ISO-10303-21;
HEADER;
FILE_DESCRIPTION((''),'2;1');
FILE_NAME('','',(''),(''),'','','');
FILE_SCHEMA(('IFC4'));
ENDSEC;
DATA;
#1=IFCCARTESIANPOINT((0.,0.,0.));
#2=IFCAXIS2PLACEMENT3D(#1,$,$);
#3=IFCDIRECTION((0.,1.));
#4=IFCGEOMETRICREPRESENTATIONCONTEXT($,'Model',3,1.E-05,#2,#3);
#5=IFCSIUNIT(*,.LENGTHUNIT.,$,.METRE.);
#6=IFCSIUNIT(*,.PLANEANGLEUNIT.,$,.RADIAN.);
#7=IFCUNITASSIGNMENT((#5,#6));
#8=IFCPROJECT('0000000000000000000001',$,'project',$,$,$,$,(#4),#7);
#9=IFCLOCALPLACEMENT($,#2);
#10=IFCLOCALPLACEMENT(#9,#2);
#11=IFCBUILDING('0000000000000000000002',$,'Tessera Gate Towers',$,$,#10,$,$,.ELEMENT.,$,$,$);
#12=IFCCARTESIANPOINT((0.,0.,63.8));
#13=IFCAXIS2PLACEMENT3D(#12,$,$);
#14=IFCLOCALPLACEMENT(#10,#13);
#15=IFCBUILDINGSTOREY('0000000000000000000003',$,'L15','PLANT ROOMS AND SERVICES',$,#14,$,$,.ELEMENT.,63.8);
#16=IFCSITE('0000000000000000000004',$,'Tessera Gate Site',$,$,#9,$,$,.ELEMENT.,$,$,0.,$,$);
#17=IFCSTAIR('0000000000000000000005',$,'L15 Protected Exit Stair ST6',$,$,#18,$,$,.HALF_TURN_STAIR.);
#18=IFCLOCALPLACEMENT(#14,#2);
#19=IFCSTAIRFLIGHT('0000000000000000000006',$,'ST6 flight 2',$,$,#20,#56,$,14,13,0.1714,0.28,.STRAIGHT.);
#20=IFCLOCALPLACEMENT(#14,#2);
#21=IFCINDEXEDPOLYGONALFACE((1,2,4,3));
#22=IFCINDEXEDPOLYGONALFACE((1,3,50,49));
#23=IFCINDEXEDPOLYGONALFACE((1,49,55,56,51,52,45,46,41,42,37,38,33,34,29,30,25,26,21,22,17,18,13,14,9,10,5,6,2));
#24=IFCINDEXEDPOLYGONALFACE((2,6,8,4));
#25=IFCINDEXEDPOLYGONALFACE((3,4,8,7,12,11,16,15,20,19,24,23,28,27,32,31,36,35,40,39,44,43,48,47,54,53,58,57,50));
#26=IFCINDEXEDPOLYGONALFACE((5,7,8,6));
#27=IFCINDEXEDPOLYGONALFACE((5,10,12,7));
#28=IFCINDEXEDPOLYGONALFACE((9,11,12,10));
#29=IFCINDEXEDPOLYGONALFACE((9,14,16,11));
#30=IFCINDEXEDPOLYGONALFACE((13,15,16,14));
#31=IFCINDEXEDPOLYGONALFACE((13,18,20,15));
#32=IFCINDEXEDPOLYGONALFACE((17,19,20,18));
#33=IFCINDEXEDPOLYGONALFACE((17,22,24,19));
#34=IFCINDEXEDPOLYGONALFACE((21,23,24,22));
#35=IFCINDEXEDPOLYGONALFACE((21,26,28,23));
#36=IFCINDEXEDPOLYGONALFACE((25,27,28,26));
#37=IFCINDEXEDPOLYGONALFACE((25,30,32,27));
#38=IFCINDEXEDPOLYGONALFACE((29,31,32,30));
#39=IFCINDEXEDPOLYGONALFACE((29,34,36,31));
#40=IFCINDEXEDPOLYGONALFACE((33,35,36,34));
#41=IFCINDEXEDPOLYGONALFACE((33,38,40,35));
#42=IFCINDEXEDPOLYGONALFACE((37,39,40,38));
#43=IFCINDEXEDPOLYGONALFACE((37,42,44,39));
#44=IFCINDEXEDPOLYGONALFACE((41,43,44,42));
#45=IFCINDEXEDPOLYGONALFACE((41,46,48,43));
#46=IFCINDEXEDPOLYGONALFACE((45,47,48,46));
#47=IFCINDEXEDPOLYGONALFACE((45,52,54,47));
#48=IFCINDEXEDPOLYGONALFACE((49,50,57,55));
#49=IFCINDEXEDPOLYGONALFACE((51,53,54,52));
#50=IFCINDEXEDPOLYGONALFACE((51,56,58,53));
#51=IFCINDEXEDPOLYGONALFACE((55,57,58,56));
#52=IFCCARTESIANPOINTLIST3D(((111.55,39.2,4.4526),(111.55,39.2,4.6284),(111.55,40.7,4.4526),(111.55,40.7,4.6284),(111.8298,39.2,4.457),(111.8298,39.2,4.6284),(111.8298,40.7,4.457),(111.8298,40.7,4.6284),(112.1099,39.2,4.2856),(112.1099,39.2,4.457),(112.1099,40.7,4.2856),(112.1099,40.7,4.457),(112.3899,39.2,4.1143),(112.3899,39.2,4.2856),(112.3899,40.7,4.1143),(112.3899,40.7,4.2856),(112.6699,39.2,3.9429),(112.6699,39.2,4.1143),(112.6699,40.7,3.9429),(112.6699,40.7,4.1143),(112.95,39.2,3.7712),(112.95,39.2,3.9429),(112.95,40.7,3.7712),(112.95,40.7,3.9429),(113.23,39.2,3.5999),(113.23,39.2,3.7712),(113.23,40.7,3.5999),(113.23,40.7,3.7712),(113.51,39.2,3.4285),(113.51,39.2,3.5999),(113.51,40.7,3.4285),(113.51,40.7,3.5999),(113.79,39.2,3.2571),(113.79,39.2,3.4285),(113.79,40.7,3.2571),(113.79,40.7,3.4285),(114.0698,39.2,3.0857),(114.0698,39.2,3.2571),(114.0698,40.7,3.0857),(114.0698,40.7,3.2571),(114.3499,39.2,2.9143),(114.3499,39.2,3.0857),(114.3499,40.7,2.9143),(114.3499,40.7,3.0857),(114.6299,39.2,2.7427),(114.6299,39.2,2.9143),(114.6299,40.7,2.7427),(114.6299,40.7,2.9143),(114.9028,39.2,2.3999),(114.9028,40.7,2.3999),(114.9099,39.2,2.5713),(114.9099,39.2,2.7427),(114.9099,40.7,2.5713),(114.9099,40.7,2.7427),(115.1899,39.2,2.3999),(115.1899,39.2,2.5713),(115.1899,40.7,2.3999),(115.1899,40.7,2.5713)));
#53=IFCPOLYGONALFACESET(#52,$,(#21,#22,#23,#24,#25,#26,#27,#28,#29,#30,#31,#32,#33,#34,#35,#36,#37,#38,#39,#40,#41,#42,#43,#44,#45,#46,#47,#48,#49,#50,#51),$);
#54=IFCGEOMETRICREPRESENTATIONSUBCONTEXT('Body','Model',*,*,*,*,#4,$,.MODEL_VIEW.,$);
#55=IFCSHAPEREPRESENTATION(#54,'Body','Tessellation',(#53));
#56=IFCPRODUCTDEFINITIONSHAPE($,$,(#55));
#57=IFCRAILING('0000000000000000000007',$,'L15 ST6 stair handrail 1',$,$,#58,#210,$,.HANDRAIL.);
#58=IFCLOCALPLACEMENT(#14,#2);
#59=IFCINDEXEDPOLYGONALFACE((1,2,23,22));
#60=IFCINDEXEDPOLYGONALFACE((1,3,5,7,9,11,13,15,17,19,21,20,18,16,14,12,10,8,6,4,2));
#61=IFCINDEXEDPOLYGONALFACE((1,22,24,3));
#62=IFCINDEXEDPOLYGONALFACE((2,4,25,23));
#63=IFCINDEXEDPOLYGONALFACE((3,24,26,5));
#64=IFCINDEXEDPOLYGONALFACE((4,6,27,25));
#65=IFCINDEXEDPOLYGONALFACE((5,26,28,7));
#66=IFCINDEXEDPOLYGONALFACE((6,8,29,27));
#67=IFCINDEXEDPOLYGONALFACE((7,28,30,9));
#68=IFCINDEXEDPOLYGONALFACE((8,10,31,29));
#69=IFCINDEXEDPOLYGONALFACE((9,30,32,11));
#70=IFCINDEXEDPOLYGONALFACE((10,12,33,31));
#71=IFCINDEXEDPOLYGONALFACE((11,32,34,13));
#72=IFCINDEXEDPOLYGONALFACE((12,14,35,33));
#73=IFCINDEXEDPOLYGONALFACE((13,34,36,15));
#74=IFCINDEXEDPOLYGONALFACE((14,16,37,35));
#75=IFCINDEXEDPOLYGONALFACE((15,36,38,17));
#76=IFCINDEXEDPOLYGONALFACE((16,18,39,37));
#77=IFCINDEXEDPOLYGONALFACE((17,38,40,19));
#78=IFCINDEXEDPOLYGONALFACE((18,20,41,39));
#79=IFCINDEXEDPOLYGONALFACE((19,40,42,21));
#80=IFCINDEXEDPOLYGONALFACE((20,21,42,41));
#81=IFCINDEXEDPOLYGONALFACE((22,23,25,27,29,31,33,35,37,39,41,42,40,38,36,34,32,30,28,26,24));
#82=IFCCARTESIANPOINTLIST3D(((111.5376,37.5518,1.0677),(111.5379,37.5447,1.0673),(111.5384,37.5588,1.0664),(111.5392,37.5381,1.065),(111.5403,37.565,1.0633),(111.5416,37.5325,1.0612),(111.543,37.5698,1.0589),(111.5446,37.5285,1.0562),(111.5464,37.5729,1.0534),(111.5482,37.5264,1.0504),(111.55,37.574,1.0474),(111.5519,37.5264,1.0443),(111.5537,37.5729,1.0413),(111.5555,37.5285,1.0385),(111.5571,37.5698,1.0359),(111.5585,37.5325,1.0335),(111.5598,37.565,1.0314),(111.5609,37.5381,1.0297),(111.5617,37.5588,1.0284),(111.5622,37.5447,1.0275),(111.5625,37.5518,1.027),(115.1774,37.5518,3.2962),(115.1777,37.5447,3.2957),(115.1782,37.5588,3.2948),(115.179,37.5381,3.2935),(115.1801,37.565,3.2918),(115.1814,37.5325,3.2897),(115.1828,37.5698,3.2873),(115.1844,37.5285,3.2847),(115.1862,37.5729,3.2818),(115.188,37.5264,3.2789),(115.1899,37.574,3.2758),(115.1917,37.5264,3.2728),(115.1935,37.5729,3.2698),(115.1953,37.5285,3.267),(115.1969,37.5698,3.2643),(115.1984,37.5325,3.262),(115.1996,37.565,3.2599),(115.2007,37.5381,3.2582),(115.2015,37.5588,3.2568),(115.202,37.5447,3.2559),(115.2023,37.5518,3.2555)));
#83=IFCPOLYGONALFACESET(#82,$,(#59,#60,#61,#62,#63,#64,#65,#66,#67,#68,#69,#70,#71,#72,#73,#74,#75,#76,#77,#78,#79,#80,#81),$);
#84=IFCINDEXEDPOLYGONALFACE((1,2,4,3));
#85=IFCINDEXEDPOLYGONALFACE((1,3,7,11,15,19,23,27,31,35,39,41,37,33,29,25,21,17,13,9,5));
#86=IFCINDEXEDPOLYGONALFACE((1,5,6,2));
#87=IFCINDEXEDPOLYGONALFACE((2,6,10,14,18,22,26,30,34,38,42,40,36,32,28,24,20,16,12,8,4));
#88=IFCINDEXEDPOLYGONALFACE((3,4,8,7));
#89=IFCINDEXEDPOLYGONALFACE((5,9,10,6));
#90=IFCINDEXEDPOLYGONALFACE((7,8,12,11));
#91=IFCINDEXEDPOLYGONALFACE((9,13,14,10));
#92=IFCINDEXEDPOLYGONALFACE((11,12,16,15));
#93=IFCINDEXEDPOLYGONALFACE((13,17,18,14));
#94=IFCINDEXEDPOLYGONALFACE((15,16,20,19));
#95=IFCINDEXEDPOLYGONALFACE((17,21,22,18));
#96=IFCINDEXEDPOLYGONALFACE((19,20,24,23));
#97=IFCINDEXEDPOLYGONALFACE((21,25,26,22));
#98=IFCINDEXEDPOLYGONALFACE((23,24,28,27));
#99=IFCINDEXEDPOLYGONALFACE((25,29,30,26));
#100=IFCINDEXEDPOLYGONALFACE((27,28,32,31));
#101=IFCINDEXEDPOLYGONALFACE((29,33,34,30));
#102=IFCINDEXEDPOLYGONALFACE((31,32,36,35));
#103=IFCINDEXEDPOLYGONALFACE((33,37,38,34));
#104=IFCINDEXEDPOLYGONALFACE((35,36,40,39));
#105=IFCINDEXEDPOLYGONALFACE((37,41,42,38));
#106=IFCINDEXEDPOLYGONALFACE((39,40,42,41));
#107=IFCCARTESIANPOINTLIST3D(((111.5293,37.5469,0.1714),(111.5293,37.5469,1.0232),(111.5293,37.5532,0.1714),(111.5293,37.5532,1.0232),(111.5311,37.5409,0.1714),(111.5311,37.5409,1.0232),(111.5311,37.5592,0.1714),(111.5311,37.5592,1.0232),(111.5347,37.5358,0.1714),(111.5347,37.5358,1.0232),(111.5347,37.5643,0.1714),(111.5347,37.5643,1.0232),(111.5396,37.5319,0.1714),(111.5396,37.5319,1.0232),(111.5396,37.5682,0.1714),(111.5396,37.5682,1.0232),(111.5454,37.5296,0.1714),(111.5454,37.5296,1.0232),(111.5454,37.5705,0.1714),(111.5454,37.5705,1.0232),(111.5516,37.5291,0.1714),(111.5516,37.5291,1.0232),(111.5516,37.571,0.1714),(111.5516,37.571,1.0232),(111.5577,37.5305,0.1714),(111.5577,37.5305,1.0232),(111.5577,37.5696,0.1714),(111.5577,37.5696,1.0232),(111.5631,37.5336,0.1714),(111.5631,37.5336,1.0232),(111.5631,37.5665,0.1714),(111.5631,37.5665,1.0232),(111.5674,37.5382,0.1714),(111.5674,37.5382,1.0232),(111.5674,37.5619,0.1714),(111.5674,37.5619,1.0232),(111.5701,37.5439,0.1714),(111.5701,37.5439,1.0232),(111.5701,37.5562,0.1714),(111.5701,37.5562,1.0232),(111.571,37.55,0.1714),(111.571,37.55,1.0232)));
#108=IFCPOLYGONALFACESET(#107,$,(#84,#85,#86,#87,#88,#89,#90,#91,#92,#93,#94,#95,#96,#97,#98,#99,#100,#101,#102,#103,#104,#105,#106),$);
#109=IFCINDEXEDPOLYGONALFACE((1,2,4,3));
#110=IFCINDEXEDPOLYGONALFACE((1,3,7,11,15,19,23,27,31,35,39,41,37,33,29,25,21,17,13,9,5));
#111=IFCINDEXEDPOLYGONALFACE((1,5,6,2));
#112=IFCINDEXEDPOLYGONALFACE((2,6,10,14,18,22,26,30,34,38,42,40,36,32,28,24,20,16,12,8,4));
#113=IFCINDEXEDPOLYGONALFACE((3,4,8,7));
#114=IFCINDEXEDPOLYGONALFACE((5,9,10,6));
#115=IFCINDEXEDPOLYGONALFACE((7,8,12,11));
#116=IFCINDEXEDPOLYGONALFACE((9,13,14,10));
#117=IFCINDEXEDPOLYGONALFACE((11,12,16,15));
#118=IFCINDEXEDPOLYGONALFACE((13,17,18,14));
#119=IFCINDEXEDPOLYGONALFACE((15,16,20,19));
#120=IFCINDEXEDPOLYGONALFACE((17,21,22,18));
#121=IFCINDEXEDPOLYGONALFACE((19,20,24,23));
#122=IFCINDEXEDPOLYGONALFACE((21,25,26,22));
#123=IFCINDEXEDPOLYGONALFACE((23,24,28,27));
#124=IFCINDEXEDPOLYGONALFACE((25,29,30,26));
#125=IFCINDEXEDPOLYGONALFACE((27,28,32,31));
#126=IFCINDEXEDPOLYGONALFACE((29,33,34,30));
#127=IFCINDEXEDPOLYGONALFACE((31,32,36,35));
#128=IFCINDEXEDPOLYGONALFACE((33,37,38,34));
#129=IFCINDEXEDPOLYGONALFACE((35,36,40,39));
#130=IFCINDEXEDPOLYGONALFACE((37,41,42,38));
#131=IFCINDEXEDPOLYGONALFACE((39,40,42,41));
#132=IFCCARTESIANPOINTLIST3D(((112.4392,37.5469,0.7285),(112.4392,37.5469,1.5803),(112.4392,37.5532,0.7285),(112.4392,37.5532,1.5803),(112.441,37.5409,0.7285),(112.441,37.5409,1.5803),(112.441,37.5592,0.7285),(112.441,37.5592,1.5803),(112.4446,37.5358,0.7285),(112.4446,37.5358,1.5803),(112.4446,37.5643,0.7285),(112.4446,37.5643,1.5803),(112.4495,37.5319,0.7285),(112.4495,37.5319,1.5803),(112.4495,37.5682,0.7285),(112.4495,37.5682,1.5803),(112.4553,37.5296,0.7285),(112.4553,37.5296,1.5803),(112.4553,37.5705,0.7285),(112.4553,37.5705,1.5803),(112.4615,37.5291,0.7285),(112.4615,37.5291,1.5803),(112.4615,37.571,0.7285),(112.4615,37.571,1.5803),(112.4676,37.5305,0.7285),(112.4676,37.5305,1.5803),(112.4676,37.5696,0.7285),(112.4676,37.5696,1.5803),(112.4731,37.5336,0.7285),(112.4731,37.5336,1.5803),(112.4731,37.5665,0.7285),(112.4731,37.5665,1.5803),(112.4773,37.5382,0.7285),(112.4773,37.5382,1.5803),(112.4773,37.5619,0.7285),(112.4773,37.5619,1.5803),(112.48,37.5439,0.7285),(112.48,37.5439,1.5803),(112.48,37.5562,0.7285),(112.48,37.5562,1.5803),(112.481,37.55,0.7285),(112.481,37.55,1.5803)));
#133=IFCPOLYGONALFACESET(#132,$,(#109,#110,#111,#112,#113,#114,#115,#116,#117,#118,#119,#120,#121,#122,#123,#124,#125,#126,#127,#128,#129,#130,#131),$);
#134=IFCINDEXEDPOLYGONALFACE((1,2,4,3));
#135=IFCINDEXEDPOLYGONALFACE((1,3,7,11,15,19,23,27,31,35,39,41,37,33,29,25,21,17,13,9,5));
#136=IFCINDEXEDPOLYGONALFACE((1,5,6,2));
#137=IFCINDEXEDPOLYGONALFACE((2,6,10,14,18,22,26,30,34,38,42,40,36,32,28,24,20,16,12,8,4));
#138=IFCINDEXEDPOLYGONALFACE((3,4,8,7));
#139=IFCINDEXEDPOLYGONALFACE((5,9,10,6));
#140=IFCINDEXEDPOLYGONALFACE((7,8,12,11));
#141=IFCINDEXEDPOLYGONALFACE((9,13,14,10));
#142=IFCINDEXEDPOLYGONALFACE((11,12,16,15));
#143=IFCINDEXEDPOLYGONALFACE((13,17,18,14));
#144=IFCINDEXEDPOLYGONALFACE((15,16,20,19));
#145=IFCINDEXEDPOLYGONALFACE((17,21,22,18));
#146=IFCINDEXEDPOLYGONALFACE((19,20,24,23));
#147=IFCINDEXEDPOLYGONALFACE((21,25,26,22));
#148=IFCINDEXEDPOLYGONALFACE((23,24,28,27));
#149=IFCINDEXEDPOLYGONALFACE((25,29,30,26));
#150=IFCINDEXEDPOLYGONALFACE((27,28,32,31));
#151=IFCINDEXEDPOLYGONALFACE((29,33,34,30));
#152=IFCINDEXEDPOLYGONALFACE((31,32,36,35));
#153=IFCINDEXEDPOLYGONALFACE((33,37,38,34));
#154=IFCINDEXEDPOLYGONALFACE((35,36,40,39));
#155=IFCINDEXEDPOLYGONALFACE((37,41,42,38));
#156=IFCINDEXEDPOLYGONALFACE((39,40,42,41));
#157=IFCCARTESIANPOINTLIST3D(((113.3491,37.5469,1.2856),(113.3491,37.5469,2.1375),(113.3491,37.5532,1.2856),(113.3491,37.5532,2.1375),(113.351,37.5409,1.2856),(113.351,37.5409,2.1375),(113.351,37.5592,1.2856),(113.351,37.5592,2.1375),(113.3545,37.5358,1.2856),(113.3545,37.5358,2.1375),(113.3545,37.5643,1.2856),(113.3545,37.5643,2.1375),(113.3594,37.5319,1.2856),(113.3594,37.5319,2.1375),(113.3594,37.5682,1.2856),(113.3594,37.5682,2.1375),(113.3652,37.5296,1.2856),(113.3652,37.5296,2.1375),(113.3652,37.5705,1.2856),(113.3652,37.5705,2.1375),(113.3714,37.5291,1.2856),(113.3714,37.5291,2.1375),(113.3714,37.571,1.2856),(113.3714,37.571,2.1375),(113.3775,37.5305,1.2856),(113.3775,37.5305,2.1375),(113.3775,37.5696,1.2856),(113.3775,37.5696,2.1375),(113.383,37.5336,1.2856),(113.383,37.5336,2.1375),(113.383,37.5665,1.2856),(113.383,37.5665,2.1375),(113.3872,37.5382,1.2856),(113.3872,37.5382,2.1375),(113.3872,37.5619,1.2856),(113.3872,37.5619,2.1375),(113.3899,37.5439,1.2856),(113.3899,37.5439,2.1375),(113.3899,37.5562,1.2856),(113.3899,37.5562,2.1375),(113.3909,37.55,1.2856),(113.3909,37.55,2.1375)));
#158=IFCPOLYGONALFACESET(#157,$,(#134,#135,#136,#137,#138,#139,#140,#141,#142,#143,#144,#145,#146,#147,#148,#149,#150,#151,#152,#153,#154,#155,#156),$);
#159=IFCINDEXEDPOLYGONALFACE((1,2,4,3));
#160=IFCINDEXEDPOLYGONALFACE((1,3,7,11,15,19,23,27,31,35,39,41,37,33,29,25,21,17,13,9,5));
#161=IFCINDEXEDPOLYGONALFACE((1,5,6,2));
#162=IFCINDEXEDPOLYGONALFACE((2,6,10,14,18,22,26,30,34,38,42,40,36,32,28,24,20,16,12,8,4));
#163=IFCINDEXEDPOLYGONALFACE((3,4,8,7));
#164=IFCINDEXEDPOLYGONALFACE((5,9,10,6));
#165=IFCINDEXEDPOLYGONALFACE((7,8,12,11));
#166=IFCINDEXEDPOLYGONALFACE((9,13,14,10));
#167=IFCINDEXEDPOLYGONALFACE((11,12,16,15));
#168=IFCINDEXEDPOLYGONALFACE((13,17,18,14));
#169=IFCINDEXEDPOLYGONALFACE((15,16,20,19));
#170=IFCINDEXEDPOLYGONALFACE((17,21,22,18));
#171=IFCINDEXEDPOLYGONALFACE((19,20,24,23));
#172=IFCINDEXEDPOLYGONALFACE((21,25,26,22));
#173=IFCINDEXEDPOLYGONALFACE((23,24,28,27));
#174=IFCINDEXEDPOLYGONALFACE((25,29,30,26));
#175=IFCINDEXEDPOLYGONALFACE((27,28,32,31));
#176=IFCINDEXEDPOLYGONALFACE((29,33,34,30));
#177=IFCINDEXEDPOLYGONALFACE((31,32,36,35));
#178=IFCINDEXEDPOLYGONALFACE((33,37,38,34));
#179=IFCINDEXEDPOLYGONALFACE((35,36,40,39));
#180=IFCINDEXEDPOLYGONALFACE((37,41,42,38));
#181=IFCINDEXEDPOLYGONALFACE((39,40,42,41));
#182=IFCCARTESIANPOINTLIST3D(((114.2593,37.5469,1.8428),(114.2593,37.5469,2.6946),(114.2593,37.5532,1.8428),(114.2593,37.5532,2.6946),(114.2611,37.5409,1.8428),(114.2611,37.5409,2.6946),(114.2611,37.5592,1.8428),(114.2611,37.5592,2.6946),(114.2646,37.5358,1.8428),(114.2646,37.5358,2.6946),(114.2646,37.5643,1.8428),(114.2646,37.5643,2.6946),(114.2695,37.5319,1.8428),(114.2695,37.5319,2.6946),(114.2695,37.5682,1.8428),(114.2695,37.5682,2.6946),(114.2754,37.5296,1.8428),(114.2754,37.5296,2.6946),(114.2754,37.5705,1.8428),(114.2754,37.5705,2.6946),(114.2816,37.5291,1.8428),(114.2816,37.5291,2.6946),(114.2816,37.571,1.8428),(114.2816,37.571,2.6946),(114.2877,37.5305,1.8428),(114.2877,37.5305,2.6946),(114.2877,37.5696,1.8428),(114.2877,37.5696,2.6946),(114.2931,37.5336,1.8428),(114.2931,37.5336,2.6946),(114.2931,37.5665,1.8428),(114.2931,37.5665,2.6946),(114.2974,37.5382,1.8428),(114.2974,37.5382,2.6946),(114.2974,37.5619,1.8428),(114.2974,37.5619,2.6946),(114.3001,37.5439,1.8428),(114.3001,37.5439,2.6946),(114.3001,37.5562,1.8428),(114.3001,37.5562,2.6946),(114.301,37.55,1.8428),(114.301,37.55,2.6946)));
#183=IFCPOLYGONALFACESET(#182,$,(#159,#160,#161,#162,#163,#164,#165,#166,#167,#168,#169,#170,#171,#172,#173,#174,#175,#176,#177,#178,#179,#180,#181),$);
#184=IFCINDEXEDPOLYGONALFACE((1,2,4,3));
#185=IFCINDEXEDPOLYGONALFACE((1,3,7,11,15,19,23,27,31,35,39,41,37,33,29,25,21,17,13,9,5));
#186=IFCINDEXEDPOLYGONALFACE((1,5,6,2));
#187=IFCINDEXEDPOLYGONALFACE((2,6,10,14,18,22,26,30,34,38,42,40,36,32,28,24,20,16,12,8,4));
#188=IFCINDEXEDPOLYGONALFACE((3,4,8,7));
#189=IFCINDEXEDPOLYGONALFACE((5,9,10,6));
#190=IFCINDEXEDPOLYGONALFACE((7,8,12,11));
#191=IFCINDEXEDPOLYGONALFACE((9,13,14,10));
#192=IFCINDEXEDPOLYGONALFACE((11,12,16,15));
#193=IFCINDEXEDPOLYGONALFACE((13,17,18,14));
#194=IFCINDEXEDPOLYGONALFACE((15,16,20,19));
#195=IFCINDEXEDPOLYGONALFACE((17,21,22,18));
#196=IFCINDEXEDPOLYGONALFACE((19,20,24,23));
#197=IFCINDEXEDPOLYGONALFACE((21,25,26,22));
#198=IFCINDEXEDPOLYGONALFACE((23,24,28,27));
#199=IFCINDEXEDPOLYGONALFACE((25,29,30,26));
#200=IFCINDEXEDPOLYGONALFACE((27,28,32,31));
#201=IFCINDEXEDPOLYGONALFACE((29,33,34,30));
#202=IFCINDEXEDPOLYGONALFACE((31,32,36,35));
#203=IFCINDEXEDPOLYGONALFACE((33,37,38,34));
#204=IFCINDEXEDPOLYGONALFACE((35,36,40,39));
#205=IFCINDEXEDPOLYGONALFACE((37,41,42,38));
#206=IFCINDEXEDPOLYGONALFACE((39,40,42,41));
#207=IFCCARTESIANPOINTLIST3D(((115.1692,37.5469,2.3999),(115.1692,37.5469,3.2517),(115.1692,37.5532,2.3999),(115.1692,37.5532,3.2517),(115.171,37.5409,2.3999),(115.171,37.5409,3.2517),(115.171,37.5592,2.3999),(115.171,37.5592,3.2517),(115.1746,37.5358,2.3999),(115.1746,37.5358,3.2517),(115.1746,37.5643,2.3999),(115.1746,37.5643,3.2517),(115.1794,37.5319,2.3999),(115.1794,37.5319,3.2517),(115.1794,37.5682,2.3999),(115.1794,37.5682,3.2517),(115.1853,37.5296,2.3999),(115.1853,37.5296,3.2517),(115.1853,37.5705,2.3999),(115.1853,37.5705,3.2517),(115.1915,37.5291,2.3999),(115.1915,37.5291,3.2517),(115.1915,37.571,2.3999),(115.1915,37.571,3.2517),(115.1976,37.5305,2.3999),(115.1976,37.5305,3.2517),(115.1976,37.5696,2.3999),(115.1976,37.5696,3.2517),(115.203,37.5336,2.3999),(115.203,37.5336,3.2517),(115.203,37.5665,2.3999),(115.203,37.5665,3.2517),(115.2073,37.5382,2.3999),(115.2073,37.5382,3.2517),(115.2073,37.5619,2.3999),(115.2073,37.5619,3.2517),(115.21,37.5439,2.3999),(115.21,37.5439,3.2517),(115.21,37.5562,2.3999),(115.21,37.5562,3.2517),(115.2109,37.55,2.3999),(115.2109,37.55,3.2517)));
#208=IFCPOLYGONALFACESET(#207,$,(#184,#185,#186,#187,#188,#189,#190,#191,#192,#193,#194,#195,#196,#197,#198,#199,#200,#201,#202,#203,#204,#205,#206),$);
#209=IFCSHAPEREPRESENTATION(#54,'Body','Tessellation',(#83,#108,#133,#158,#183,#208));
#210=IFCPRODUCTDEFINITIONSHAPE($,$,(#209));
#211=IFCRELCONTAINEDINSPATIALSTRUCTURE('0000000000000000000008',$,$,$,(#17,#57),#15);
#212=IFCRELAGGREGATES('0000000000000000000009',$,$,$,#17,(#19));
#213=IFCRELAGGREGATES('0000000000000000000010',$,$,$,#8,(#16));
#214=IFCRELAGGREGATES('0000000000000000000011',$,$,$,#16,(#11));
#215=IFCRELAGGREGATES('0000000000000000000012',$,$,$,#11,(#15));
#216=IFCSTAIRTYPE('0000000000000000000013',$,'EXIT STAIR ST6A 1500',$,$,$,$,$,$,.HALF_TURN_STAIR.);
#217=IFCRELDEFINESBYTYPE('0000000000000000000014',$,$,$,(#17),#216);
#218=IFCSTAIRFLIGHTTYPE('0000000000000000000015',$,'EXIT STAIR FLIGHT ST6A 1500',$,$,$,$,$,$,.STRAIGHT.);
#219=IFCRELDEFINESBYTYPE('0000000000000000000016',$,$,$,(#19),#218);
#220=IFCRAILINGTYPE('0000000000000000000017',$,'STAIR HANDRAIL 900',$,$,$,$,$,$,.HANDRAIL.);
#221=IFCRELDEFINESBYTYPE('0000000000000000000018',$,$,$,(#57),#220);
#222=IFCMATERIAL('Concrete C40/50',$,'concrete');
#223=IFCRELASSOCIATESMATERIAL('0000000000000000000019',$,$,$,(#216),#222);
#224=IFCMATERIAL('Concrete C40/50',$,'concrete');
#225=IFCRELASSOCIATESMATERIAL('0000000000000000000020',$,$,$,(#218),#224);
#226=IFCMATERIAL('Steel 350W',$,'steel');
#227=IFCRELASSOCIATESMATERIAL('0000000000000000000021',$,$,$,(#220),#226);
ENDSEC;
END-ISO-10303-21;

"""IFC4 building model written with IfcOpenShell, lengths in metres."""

from ifc_helpers import new_model, si_unit, direction, frame, origin, origin_2d, place, context, subcontext, project, spatial, polyline, circle, outline, extrude, material, type_object, element, aggregate, save


model = new_model("IFC4")

# Units and contexts
model_context = context("Model", 3, precision=1e-05, world=origin(), true_north=direction((0.0, 1.0)))
body_context = subcontext(model_context, "Body", "Model", "MODEL_VIEW")
ifc_project = project(units=[si_unit("LENGTHUNIT", "METRE"), si_unit("PLANEANGLEUNIT", "RADIAN")], contexts=[model_context])

# Site, building, storey
site_placement = place(None, origin())
site = spatial("IfcSite", under=ifc_project, at=site_placement, Name="Tessera Gate Site", CompositionType="ELEMENT", RefElevation=0.0)
building_placement = place(site_placement, origin())
building = spatial("IfcBuilding", under=site, at=building_placement, Name="Tessera Gate Towers", CompositionType="ELEMENT")
storey_placement = place(building_placement, frame((0.0, 0.0, 63.8)))
storey = spatial("IfcBuildingStorey", under=building, at=storey_placement, Name="L15", Description="PLANT ROOMS AND SERVICES", CompositionType="ELEMENT", Elevation=63.8)

# Stair, stair flight
ifc_material_1 = material(Name="Concrete C40/50", Category="concrete")
stair_type = type_object("IfcStairType", Name="EXIT STAIR ST6A 1500", PredefinedType="HALF_TURN_STAIR", material=ifc_material_1)
stair_placement = place(storey_placement, origin())
stair = element("IfcStair", 1, at=stair_placement, inside=storey, type_object=stair_type, Name="L15 Protected Exit Stair ST6", PredefinedType="HALF_TURN_STAIR")
ifc_material_2 = material(Name="Concrete C40/50", Category="concrete")
stair_flight_type = type_object("IfcStairFlightType", Name="EXIT STAIR FLIGHT ST6A 1500", PredefinedType="STRAIGHT", material=ifc_material_2)
stair_flight_1_placement = place(storey_placement, frame((115.1899, 39.95, 2.3999), z_axis=(0.0, 0.0, 1.0), x_axis=(-1.0, 0.0, 0.0)))
stair_flight_1 = element("IfcStairFlight", 2, at=stair_flight_1_placement, type_object=stair_flight_type, Name="ST6 flight 2", NumberOfRisers=14, NumberOfTreads=13, PredefinedType="STRAIGHT", RiserHeight=0.1714, TreadLength=0.28, context=body_context, shape_type="SweptSolid", body=[
    extrude(outline(polyline([(0.0, 0.0), (0.0, 0.1714), (0.28, 0.1714), (0.28, 0.3428), (0.5601, 0.3428), (0.5601, 0.5144), (0.8401, 0.5144), (0.8401, 0.6858), (1.1201, 0.6858), (1.1201, 0.8572), (1.3999, 0.8572), (1.3999, 1.0286), (1.6799, 1.0286), (1.6799, 1.2), (1.96, 1.2), (1.96, 1.3713), (2.24, 1.3713), (2.24, 1.543), (2.52, 1.543), (2.52, 1.7144), (2.8, 1.7144), (2.8, 1.8857), (3.0801, 1.8857), (3.0801, 2.0571), (3.3601, 2.0571), (3.3601, 2.2285), (3.6399, 2.2285), (3.6399, 2.3999), (3.6399, 2.0527), (0.2871, 0.0), (0.0, 0.0)])), frame((0.0, 0.75, 0.0), z_axis=(0.0, -1.0, 0.0), x_axis=(1.0, 0.0, 0.0)), (0.0, 0.0, 1.0), 1.5),
])
aggregate(stair, [stair_flight_1])

# Railing
ifc_material_3 = material(Name="Steel 350W", Category="steel")
railing_type_1 = type_object("IfcRailingType", Name="STAIR HANDRAIL 900", PredefinedType="HANDRAIL", material=ifc_material_3)
railing_1_placement = place(storey_placement, frame((111.55, 37.55, 0.1714)))
element("IfcRailing", 3, at=railing_1_placement, inside=storey, type_object=railing_type_1, Name="L15 ST6 stair handrail 1", PredefinedType="HANDRAIL", context=body_context, shape_type="SweptSolid", body=[
    extrude(circle(Radius=0.0239, at=origin_2d()), frame((0.0, 0.0, 0.876), z_axis=(0.85285, 0.0, 0.522156), x_axis=(0.0, 1.0, 0.0)), (0.0, 0.0, 1.0), 4.2678),
    extrude(circle(Radius=0.021, at=origin_2d()), origin(), (0.0, 0.0, 1.0), 0.8518),
    extrude(circle(Radius=0.021, at=origin_2d()), frame((0.9099, 0.0, 0.5571)), (0.0, 0.0, 1.0), 0.8518),
    extrude(circle(Radius=0.021, at=origin_2d()), frame((1.8198, 0.0, 1.1143)), (0.0, 0.0, 1.0), 0.8518),
    extrude(circle(Radius=0.021, at=origin_2d()), frame((2.73, 0.0, 1.6714)), (0.0, 0.0, 1.0), 0.8518),
    extrude(circle(Radius=0.021, at=origin_2d()), frame((3.6399, 0.0, 2.2285)), (0.0, 0.0, 1.0), 0.8518),
])

save(model, "model.ifc")
